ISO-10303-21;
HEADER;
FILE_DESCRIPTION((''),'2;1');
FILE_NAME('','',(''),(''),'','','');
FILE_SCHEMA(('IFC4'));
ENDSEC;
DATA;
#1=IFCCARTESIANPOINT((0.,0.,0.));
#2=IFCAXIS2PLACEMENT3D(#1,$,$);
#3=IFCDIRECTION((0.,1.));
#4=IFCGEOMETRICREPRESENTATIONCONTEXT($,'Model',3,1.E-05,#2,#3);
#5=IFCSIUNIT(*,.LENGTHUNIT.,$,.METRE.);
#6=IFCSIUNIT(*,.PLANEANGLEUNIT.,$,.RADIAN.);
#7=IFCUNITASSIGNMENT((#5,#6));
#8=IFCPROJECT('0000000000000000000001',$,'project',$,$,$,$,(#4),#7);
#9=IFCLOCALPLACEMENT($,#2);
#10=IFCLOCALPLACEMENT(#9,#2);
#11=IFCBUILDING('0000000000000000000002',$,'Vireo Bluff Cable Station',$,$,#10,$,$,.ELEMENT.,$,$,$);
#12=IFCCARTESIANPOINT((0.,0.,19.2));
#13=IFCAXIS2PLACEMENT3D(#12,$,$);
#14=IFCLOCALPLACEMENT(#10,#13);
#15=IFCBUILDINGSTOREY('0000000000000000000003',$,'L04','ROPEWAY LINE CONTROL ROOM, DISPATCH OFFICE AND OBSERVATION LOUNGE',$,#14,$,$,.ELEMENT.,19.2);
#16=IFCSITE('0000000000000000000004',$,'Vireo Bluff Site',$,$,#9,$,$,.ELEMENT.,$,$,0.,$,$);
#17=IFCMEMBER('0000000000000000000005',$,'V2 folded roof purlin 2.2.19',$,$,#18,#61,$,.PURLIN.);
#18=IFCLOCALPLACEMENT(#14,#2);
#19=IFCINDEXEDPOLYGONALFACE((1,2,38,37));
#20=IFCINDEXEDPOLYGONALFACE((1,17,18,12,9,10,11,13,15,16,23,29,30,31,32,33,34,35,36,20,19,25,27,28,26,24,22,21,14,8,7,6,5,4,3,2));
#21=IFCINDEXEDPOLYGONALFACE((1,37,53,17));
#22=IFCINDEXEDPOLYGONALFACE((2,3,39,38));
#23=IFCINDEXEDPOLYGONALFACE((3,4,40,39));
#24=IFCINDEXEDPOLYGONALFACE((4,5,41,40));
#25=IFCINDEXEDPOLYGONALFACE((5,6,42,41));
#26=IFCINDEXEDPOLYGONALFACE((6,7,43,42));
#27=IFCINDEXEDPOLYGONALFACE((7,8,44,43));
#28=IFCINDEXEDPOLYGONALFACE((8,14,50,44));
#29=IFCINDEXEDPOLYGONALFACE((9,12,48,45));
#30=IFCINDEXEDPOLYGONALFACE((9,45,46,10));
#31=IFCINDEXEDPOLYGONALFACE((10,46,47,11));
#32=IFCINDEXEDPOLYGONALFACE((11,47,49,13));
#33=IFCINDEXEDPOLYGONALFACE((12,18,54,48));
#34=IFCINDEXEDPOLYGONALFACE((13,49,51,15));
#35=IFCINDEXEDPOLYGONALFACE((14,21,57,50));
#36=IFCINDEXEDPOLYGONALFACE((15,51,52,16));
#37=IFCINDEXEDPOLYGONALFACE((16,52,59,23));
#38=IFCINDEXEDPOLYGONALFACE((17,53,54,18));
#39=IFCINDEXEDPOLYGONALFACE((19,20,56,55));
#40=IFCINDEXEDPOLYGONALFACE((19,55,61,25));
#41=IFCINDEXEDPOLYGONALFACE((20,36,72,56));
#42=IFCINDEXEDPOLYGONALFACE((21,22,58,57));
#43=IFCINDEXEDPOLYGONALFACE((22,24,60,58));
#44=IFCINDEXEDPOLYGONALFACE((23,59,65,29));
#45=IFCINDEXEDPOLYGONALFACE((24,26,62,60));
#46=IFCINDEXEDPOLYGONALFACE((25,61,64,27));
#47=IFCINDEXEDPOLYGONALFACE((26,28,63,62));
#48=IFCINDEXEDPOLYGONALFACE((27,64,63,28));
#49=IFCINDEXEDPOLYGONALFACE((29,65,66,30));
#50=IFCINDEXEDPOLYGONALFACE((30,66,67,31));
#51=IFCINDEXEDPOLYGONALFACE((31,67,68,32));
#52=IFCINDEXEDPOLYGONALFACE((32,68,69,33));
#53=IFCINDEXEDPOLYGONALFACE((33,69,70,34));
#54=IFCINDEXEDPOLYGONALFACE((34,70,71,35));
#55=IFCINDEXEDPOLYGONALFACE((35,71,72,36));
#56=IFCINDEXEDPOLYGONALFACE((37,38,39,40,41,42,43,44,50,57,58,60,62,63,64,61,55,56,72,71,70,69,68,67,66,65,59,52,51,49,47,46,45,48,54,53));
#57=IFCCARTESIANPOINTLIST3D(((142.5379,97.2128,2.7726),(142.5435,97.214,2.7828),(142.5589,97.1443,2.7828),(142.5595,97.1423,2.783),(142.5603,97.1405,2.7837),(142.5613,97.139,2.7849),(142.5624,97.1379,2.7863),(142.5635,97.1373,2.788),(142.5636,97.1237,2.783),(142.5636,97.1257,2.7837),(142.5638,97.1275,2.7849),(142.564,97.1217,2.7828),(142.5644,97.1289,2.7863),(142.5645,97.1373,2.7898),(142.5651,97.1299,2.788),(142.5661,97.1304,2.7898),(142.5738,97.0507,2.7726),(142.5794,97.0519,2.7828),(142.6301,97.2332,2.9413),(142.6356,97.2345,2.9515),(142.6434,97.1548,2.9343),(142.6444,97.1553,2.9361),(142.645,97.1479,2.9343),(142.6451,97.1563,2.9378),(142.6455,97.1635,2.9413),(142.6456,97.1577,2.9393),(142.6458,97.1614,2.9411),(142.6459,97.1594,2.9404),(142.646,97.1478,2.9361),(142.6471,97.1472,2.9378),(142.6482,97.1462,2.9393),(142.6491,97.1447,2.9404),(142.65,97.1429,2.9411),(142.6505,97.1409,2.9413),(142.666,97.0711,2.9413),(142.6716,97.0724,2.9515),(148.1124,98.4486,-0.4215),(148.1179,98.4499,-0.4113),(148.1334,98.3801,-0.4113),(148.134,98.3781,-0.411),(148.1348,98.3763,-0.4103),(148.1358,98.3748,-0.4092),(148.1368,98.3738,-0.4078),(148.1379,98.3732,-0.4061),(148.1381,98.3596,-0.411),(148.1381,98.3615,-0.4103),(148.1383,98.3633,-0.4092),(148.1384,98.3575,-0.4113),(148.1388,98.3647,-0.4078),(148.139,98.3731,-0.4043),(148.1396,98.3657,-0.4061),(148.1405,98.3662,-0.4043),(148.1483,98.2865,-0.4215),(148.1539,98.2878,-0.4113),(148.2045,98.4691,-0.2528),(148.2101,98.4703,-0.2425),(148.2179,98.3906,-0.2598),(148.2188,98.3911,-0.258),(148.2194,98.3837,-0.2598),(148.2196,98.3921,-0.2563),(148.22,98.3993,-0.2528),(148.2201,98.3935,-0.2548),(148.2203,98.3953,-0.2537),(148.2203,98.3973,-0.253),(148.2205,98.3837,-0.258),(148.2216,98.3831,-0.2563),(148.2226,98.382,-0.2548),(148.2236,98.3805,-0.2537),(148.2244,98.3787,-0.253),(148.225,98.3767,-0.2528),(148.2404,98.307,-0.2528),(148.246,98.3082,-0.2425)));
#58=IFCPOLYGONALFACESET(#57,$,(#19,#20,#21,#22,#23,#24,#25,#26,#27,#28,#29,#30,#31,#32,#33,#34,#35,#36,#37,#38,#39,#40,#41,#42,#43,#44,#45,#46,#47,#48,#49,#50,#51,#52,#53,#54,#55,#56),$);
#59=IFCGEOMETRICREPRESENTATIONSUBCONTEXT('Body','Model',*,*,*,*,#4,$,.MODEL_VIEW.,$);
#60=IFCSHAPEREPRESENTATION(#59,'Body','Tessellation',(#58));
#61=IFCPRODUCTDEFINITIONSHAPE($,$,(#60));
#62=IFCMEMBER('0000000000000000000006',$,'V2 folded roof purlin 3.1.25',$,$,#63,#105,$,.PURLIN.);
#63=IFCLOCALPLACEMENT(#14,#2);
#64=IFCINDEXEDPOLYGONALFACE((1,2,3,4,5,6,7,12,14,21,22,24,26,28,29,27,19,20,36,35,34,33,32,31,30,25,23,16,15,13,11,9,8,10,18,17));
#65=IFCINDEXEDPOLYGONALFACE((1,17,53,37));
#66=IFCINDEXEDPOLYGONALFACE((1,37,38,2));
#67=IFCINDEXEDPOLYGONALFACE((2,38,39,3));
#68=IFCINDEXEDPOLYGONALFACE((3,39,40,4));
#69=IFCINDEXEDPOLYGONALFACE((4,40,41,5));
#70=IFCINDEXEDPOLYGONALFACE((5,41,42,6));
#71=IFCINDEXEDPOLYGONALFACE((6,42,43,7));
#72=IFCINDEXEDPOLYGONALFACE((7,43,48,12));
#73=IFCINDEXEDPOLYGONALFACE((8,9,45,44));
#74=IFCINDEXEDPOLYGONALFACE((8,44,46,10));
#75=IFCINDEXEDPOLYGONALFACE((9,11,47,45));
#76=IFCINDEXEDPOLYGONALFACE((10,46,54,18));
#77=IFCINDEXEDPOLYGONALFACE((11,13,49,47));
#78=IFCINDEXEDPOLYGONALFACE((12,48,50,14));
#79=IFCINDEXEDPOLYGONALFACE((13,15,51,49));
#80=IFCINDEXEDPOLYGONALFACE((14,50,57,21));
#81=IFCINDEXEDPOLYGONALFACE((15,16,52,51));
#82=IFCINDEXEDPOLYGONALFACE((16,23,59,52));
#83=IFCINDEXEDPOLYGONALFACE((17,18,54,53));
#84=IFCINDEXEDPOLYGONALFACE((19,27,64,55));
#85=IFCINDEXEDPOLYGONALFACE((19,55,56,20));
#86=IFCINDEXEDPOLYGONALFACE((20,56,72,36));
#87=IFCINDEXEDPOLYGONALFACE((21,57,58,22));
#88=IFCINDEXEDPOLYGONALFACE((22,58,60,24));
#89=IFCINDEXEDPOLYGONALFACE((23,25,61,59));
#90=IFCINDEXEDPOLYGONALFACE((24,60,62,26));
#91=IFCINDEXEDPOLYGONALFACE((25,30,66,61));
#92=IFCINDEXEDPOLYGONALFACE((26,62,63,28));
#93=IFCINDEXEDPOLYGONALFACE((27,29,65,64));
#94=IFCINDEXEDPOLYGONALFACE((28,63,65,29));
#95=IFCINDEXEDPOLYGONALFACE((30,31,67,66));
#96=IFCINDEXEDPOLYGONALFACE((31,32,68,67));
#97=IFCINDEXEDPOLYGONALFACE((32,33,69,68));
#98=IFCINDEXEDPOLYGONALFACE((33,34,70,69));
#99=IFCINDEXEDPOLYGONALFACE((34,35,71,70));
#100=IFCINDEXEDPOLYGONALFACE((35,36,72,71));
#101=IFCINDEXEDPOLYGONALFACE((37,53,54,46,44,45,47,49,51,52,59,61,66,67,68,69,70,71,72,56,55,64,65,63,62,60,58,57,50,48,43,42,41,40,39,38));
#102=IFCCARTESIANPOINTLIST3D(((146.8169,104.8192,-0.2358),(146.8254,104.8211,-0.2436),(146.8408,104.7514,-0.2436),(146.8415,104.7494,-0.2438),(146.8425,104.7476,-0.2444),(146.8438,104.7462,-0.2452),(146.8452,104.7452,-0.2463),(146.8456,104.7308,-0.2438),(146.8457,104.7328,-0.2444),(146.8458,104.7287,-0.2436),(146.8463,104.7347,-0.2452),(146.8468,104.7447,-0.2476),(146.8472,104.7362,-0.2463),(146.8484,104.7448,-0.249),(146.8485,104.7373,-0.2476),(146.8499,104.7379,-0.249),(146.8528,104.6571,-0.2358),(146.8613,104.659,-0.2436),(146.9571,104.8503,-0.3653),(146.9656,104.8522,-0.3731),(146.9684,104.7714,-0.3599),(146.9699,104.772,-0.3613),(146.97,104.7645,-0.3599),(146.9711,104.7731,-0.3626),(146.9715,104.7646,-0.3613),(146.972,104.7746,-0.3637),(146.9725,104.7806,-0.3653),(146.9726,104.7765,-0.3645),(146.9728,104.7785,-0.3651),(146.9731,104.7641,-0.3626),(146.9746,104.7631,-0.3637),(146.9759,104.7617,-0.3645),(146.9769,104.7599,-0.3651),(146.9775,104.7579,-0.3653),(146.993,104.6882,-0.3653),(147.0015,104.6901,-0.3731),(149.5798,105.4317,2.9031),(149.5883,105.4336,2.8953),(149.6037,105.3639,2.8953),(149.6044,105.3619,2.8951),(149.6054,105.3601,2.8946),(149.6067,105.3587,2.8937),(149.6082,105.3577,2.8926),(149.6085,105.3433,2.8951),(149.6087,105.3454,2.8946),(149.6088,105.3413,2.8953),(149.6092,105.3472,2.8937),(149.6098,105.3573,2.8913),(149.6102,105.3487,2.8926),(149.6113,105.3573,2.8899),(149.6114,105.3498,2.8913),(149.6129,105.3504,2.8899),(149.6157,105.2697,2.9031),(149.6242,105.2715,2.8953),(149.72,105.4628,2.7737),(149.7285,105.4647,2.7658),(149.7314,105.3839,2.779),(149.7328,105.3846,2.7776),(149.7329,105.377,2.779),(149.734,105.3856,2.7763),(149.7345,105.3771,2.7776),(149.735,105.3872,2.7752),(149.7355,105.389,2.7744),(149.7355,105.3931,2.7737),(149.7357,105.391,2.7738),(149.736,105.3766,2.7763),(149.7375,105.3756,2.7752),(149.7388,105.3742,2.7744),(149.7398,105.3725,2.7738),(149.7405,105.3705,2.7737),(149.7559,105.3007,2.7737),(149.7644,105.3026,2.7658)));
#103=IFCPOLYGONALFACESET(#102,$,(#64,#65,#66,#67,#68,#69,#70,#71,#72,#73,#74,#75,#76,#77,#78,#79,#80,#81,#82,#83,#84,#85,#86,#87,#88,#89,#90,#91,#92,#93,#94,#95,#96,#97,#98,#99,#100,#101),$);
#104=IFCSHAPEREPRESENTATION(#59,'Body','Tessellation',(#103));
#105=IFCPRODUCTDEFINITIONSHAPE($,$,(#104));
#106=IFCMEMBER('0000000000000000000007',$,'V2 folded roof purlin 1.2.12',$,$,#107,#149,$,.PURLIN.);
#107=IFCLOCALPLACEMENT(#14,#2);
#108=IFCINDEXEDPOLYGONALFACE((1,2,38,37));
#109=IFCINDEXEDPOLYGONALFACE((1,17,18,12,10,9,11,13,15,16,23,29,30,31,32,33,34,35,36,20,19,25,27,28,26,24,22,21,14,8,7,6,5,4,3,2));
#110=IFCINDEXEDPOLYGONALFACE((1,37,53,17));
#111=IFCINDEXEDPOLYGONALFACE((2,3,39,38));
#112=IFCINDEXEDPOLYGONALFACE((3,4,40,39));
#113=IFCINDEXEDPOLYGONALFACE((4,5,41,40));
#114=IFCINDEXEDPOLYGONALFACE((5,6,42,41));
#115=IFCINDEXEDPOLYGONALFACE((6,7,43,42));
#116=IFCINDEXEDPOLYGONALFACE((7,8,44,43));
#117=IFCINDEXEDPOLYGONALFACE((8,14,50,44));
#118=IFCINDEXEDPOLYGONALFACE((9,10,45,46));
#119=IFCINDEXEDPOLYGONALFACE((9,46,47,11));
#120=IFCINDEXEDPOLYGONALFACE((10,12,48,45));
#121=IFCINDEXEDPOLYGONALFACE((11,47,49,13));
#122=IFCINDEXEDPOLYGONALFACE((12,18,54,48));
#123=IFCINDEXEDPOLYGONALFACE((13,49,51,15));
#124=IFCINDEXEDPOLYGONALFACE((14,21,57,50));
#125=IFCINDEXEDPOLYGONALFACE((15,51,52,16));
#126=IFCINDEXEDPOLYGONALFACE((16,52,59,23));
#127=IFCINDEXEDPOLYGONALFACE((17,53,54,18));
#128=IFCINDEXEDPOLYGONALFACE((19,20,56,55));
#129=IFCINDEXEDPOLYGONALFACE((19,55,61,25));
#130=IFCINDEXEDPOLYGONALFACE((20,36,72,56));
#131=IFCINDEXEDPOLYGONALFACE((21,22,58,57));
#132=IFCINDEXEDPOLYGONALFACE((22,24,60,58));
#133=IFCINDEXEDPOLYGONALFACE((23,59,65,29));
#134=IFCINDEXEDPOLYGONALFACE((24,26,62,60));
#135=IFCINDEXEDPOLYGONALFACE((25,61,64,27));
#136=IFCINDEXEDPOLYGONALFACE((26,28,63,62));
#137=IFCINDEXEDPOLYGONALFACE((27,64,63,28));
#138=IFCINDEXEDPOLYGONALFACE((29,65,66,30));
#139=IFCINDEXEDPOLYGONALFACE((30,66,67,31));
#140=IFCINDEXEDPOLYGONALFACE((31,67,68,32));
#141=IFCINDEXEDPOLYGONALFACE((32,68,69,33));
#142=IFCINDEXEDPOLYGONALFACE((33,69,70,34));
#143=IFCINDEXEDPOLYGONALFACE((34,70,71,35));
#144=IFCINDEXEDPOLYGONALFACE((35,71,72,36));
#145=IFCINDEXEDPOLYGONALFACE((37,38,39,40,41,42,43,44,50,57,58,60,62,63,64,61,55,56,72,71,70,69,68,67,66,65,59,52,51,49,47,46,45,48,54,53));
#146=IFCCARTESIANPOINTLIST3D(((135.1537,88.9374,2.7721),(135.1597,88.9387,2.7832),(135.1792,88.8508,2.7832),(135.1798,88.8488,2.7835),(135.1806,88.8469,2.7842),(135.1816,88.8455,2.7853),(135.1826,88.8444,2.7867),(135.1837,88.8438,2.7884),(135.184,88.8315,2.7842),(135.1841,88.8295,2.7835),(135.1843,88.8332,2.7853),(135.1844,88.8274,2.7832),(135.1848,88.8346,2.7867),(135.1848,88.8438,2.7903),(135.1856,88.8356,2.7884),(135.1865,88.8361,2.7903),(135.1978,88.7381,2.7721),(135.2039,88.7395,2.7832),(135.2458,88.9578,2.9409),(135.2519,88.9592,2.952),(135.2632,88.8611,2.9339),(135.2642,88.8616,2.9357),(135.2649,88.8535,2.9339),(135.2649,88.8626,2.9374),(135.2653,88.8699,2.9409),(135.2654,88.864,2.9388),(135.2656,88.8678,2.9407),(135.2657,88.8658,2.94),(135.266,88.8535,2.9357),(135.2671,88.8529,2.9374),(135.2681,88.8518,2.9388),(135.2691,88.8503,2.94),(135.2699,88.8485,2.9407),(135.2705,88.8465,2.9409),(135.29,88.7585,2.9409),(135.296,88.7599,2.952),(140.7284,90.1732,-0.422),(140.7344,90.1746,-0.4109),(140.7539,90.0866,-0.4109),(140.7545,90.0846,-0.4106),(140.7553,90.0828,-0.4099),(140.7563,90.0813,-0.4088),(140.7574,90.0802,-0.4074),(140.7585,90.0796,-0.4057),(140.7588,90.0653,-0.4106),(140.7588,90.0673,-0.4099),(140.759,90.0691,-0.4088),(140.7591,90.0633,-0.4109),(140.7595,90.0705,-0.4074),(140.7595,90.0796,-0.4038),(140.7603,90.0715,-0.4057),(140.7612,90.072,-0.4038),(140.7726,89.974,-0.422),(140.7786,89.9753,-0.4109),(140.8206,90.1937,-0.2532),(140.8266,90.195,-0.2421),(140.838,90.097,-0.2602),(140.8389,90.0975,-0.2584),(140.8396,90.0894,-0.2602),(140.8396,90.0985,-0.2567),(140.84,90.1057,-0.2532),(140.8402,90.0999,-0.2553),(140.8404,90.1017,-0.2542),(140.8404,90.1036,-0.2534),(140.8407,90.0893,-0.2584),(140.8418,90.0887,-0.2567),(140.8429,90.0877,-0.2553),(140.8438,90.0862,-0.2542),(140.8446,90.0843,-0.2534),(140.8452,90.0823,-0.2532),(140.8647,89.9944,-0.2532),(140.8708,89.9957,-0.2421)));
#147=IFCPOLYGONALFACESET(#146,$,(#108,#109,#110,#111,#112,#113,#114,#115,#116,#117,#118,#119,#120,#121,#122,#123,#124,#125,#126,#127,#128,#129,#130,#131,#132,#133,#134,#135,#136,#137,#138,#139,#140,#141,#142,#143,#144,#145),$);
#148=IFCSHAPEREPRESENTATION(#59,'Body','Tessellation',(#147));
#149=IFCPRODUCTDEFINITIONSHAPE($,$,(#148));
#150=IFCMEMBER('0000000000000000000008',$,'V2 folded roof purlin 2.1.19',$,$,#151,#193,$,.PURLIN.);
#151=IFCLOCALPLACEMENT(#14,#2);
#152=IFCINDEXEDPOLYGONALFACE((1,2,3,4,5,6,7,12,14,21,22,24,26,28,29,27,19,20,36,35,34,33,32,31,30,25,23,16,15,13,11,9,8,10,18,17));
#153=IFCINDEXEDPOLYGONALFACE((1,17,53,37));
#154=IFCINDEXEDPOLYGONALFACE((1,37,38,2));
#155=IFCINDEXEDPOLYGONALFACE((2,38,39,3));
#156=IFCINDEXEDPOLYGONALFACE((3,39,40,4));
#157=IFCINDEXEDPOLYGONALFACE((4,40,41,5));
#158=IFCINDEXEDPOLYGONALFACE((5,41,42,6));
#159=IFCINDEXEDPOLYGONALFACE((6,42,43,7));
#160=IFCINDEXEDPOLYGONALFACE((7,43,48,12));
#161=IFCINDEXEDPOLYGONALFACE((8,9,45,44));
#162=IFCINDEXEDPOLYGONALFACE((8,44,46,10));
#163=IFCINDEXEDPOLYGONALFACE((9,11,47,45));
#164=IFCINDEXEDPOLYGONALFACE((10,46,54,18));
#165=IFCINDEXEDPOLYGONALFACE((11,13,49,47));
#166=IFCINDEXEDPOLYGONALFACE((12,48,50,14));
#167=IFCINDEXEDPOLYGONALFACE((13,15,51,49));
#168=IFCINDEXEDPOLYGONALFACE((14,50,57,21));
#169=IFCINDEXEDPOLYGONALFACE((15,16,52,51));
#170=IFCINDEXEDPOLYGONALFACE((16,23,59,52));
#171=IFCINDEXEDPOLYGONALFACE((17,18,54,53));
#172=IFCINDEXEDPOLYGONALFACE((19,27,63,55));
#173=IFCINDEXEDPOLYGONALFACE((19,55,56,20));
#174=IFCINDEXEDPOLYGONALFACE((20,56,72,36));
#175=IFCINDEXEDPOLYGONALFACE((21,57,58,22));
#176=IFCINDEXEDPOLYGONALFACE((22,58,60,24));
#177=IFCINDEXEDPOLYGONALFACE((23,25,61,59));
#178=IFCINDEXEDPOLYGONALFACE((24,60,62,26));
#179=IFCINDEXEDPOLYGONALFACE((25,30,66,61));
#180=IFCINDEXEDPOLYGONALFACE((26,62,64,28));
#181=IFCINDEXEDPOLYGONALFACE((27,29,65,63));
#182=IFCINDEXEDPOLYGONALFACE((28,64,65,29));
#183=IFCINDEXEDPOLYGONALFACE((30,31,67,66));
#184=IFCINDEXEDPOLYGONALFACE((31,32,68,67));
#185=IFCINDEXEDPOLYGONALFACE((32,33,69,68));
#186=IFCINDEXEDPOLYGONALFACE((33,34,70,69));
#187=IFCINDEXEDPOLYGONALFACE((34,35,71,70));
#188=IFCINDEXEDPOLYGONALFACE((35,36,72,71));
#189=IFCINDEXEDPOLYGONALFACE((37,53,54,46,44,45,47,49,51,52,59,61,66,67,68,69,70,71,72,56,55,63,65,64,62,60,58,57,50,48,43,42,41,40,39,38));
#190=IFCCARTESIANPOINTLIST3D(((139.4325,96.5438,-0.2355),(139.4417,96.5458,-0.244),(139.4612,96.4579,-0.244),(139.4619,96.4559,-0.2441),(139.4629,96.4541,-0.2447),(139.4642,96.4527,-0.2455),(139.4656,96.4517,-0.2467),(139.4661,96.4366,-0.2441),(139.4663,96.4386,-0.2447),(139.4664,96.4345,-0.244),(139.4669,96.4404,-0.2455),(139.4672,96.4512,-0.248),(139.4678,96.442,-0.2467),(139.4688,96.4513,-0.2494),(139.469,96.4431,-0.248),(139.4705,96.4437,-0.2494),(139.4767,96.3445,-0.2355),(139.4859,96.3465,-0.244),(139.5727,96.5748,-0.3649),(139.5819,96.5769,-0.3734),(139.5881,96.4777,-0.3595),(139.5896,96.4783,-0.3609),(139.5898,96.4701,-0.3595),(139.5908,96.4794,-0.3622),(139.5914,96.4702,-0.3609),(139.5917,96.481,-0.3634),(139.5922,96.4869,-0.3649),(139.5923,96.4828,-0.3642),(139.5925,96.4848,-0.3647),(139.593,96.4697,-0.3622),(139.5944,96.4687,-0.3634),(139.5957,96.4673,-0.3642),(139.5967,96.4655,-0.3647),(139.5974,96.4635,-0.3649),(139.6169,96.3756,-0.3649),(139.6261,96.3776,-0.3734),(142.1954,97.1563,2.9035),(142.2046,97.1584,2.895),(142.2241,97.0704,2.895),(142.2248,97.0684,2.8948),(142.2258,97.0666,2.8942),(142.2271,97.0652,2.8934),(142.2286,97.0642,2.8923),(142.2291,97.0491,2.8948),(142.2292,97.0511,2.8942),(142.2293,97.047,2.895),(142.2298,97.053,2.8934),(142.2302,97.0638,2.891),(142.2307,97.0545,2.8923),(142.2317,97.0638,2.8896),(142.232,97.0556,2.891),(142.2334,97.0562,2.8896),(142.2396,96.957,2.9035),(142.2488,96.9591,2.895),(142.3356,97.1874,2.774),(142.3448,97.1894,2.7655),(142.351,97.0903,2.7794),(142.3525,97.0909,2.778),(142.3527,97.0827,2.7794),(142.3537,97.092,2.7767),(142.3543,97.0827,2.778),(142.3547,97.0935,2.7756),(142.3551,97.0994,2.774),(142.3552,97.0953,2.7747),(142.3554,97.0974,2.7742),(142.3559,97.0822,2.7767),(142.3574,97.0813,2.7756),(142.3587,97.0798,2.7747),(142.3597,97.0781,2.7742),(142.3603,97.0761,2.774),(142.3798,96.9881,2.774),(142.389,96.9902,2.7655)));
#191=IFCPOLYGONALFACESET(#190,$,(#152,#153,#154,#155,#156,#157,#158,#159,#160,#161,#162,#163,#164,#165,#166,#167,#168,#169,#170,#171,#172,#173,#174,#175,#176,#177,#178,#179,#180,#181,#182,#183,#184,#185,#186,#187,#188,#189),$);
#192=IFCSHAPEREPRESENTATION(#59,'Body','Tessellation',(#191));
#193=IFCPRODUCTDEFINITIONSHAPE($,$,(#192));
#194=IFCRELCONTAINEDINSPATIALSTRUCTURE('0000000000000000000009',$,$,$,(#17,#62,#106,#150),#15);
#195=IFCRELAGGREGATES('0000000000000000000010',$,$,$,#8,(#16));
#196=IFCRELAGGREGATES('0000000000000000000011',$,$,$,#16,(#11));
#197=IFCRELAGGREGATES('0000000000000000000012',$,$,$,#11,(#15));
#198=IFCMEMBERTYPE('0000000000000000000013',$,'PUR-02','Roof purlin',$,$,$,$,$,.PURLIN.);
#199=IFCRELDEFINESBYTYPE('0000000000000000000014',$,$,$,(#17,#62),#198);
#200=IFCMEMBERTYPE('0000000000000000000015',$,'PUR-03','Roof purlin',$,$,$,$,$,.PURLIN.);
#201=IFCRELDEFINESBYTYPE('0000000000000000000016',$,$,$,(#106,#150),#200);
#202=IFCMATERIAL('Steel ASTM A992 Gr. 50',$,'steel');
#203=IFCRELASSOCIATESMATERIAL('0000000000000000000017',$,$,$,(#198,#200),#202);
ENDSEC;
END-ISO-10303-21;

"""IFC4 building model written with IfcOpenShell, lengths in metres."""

from ifc_helpers import new_model, si_unit, direction, frame, origin, origin_2d, place, context, subcontext, project, spatial, i_section, extrude, material, material_profile, profile_set, type_object, element, save


model = new_model("IFC4")

# Units and contexts
model_context = context("Model", 3, precision=1e-05, world=origin(), true_north=direction((0.0, 1.0)))
body_context = subcontext(model_context, "Body", "Model", "MODEL_VIEW")
ifc_project = project(units=[si_unit("LENGTHUNIT", "METRE"), si_unit("PLANEANGLEUNIT", "RADIAN")], contexts=[model_context])

# Site, building, storey
site_placement = place(None, origin())
site = spatial("IfcSite", under=ifc_project, at=site_placement, Name="Vireo Bluff Site", CompositionType="ELEMENT", RefElevation=0.0)
building_placement = place(site_placement, origin())
building = spatial("IfcBuilding", under=site, at=building_placement, Name="Vireo Bluff Cable Station", CompositionType="ELEMENT")
storey_placement = place(building_placement, frame((0.0, 0.0, 19.2)))
storey = spatial("IfcBuildingStorey", under=building, at=storey_placement, Name="L04", Description="ROPEWAY LINE CONTROL ROOM, DISPATCH OFFICE AND OBSERVATION LOUNGE", CompositionType="ELEMENT", Elevation=19.2)

# Shared definitions
ifc_material_1 = material(Name="Steel ASTM A992 Gr. 50", Category="steel")

# Members
ifc_material_profile_1 = material_profile(ifc_material_1, i_section(OverallWidth=0.166, OverallDepth=0.2051, WebThickness=0.0071, FlangeThickness=0.0117, FilletRadius=0.0081, at=origin_2d()), Name="W8X28")
ifc_profile_set_1 = profile_set([ifc_material_profile_1], Name="Steel ASTM A992 Gr. 50")
member_type_1 = type_object("IfcMemberType", Name="PUR-02", Description="Roof purlin", PredefinedType="PURLIN", material=ifc_profile_set_1)
member_1_placement = place(storey_placement, frame((142.6047, 97.1426, 2.8621), z_axis=(0.85204, 0.188894, -0.488207), x_axis=(-0.216441, 0.976296, 0.0)))
element("IfcMember", 1, at=member_1_placement, inside=storey, type_object=member_type_1, Name="V2 folded roof purlin 2.2.19", PredefinedType="PURLIN", context=body_context, shape_type="SweptSolid", body=[
    extrude(i_section(OverallWidth=0.166, OverallDepth=0.2051, WebThickness=0.0071, FlangeThickness=0.0117, FilletRadius=0.0081, at=origin_2d()), origin(), (0.0, 0.0, 1.0), 6.5425),
])
member_2_placement = place(storey_placement, frame((146.9092, 104.7546, -0.3044), z_axis=(0.653745, 0.144936, 0.742705), x_axis=(-0.216446, 0.976295, 0.0)))
element("IfcMember", 2, at=member_2_placement, inside=storey, type_object=member_type_1, Name="V2 folded roof purlin 3.1.25", PredefinedType="PURLIN", context=body_context, shape_type="SweptSolid", body=[
    extrude(i_section(OverallWidth=0.166, OverallDepth=0.2051, WebThickness=0.0071, FlangeThickness=0.0117, FilletRadius=0.0081, at=origin_2d()), origin(), (0.0, 0.0, 1.0), 4.2263),
])
ifc_material_profile_2 = material_profile(ifc_material_1, i_section(OverallWidth=0.2041, OverallDepth=0.2061, WebThickness=0.0078, FlangeThickness=0.0127, FilletRadius=0.0081, at=origin_2d()), Name="W8X35")
ifc_profile_set_2 = profile_set([ifc_material_profile_2], Name="Steel ASTM A992 Gr. 50")
member_type_2 = type_object("IfcMemberType", Name="PUR-03", Description="Roof purlin", PredefinedType="PURLIN", material=ifc_profile_set_2)
member_3_placement = place(storey_placement, frame((135.2249, 88.8486, 2.8621), z_axis=(0.85205, 0.188888, -0.488192), x_axis=(-0.216432, 0.976298, 0.0)))
element("IfcMember", 3, at=member_3_placement, inside=storey, type_object=member_type_2, Name="V2 folded roof purlin 1.2.12", PredefinedType="PURLIN", context=body_context, shape_type="SweptSolid", body=[
    extrude(i_section(OverallWidth=0.2041, OverallDepth=0.2061, WebThickness=0.0078, FlangeThickness=0.0127, FilletRadius=0.0081, at=origin_2d()), origin(), (0.0, 0.0, 1.0), 6.5427),
])
member_4_placement = place(storey_placement, frame((139.5293, 96.4607, -0.3044), z_axis=(0.653745, 0.144936, 0.742705), x_axis=(-0.216446, 0.976295, 0.0)))
element("IfcMember", 4, at=member_4_placement, inside=storey, type_object=member_type_2, Name="V2 folded roof purlin 2.1.19", PredefinedType="PURLIN", context=body_context, shape_type="SweptSolid", body=[
    extrude(i_section(OverallWidth=0.2041, OverallDepth=0.2061, WebThickness=0.0078, FlangeThickness=0.0127, FilletRadius=0.0081, at=origin_2d()), origin(), (0.0, 0.0, 1.0), 4.2263),
])

save(model, "model.ifc")
